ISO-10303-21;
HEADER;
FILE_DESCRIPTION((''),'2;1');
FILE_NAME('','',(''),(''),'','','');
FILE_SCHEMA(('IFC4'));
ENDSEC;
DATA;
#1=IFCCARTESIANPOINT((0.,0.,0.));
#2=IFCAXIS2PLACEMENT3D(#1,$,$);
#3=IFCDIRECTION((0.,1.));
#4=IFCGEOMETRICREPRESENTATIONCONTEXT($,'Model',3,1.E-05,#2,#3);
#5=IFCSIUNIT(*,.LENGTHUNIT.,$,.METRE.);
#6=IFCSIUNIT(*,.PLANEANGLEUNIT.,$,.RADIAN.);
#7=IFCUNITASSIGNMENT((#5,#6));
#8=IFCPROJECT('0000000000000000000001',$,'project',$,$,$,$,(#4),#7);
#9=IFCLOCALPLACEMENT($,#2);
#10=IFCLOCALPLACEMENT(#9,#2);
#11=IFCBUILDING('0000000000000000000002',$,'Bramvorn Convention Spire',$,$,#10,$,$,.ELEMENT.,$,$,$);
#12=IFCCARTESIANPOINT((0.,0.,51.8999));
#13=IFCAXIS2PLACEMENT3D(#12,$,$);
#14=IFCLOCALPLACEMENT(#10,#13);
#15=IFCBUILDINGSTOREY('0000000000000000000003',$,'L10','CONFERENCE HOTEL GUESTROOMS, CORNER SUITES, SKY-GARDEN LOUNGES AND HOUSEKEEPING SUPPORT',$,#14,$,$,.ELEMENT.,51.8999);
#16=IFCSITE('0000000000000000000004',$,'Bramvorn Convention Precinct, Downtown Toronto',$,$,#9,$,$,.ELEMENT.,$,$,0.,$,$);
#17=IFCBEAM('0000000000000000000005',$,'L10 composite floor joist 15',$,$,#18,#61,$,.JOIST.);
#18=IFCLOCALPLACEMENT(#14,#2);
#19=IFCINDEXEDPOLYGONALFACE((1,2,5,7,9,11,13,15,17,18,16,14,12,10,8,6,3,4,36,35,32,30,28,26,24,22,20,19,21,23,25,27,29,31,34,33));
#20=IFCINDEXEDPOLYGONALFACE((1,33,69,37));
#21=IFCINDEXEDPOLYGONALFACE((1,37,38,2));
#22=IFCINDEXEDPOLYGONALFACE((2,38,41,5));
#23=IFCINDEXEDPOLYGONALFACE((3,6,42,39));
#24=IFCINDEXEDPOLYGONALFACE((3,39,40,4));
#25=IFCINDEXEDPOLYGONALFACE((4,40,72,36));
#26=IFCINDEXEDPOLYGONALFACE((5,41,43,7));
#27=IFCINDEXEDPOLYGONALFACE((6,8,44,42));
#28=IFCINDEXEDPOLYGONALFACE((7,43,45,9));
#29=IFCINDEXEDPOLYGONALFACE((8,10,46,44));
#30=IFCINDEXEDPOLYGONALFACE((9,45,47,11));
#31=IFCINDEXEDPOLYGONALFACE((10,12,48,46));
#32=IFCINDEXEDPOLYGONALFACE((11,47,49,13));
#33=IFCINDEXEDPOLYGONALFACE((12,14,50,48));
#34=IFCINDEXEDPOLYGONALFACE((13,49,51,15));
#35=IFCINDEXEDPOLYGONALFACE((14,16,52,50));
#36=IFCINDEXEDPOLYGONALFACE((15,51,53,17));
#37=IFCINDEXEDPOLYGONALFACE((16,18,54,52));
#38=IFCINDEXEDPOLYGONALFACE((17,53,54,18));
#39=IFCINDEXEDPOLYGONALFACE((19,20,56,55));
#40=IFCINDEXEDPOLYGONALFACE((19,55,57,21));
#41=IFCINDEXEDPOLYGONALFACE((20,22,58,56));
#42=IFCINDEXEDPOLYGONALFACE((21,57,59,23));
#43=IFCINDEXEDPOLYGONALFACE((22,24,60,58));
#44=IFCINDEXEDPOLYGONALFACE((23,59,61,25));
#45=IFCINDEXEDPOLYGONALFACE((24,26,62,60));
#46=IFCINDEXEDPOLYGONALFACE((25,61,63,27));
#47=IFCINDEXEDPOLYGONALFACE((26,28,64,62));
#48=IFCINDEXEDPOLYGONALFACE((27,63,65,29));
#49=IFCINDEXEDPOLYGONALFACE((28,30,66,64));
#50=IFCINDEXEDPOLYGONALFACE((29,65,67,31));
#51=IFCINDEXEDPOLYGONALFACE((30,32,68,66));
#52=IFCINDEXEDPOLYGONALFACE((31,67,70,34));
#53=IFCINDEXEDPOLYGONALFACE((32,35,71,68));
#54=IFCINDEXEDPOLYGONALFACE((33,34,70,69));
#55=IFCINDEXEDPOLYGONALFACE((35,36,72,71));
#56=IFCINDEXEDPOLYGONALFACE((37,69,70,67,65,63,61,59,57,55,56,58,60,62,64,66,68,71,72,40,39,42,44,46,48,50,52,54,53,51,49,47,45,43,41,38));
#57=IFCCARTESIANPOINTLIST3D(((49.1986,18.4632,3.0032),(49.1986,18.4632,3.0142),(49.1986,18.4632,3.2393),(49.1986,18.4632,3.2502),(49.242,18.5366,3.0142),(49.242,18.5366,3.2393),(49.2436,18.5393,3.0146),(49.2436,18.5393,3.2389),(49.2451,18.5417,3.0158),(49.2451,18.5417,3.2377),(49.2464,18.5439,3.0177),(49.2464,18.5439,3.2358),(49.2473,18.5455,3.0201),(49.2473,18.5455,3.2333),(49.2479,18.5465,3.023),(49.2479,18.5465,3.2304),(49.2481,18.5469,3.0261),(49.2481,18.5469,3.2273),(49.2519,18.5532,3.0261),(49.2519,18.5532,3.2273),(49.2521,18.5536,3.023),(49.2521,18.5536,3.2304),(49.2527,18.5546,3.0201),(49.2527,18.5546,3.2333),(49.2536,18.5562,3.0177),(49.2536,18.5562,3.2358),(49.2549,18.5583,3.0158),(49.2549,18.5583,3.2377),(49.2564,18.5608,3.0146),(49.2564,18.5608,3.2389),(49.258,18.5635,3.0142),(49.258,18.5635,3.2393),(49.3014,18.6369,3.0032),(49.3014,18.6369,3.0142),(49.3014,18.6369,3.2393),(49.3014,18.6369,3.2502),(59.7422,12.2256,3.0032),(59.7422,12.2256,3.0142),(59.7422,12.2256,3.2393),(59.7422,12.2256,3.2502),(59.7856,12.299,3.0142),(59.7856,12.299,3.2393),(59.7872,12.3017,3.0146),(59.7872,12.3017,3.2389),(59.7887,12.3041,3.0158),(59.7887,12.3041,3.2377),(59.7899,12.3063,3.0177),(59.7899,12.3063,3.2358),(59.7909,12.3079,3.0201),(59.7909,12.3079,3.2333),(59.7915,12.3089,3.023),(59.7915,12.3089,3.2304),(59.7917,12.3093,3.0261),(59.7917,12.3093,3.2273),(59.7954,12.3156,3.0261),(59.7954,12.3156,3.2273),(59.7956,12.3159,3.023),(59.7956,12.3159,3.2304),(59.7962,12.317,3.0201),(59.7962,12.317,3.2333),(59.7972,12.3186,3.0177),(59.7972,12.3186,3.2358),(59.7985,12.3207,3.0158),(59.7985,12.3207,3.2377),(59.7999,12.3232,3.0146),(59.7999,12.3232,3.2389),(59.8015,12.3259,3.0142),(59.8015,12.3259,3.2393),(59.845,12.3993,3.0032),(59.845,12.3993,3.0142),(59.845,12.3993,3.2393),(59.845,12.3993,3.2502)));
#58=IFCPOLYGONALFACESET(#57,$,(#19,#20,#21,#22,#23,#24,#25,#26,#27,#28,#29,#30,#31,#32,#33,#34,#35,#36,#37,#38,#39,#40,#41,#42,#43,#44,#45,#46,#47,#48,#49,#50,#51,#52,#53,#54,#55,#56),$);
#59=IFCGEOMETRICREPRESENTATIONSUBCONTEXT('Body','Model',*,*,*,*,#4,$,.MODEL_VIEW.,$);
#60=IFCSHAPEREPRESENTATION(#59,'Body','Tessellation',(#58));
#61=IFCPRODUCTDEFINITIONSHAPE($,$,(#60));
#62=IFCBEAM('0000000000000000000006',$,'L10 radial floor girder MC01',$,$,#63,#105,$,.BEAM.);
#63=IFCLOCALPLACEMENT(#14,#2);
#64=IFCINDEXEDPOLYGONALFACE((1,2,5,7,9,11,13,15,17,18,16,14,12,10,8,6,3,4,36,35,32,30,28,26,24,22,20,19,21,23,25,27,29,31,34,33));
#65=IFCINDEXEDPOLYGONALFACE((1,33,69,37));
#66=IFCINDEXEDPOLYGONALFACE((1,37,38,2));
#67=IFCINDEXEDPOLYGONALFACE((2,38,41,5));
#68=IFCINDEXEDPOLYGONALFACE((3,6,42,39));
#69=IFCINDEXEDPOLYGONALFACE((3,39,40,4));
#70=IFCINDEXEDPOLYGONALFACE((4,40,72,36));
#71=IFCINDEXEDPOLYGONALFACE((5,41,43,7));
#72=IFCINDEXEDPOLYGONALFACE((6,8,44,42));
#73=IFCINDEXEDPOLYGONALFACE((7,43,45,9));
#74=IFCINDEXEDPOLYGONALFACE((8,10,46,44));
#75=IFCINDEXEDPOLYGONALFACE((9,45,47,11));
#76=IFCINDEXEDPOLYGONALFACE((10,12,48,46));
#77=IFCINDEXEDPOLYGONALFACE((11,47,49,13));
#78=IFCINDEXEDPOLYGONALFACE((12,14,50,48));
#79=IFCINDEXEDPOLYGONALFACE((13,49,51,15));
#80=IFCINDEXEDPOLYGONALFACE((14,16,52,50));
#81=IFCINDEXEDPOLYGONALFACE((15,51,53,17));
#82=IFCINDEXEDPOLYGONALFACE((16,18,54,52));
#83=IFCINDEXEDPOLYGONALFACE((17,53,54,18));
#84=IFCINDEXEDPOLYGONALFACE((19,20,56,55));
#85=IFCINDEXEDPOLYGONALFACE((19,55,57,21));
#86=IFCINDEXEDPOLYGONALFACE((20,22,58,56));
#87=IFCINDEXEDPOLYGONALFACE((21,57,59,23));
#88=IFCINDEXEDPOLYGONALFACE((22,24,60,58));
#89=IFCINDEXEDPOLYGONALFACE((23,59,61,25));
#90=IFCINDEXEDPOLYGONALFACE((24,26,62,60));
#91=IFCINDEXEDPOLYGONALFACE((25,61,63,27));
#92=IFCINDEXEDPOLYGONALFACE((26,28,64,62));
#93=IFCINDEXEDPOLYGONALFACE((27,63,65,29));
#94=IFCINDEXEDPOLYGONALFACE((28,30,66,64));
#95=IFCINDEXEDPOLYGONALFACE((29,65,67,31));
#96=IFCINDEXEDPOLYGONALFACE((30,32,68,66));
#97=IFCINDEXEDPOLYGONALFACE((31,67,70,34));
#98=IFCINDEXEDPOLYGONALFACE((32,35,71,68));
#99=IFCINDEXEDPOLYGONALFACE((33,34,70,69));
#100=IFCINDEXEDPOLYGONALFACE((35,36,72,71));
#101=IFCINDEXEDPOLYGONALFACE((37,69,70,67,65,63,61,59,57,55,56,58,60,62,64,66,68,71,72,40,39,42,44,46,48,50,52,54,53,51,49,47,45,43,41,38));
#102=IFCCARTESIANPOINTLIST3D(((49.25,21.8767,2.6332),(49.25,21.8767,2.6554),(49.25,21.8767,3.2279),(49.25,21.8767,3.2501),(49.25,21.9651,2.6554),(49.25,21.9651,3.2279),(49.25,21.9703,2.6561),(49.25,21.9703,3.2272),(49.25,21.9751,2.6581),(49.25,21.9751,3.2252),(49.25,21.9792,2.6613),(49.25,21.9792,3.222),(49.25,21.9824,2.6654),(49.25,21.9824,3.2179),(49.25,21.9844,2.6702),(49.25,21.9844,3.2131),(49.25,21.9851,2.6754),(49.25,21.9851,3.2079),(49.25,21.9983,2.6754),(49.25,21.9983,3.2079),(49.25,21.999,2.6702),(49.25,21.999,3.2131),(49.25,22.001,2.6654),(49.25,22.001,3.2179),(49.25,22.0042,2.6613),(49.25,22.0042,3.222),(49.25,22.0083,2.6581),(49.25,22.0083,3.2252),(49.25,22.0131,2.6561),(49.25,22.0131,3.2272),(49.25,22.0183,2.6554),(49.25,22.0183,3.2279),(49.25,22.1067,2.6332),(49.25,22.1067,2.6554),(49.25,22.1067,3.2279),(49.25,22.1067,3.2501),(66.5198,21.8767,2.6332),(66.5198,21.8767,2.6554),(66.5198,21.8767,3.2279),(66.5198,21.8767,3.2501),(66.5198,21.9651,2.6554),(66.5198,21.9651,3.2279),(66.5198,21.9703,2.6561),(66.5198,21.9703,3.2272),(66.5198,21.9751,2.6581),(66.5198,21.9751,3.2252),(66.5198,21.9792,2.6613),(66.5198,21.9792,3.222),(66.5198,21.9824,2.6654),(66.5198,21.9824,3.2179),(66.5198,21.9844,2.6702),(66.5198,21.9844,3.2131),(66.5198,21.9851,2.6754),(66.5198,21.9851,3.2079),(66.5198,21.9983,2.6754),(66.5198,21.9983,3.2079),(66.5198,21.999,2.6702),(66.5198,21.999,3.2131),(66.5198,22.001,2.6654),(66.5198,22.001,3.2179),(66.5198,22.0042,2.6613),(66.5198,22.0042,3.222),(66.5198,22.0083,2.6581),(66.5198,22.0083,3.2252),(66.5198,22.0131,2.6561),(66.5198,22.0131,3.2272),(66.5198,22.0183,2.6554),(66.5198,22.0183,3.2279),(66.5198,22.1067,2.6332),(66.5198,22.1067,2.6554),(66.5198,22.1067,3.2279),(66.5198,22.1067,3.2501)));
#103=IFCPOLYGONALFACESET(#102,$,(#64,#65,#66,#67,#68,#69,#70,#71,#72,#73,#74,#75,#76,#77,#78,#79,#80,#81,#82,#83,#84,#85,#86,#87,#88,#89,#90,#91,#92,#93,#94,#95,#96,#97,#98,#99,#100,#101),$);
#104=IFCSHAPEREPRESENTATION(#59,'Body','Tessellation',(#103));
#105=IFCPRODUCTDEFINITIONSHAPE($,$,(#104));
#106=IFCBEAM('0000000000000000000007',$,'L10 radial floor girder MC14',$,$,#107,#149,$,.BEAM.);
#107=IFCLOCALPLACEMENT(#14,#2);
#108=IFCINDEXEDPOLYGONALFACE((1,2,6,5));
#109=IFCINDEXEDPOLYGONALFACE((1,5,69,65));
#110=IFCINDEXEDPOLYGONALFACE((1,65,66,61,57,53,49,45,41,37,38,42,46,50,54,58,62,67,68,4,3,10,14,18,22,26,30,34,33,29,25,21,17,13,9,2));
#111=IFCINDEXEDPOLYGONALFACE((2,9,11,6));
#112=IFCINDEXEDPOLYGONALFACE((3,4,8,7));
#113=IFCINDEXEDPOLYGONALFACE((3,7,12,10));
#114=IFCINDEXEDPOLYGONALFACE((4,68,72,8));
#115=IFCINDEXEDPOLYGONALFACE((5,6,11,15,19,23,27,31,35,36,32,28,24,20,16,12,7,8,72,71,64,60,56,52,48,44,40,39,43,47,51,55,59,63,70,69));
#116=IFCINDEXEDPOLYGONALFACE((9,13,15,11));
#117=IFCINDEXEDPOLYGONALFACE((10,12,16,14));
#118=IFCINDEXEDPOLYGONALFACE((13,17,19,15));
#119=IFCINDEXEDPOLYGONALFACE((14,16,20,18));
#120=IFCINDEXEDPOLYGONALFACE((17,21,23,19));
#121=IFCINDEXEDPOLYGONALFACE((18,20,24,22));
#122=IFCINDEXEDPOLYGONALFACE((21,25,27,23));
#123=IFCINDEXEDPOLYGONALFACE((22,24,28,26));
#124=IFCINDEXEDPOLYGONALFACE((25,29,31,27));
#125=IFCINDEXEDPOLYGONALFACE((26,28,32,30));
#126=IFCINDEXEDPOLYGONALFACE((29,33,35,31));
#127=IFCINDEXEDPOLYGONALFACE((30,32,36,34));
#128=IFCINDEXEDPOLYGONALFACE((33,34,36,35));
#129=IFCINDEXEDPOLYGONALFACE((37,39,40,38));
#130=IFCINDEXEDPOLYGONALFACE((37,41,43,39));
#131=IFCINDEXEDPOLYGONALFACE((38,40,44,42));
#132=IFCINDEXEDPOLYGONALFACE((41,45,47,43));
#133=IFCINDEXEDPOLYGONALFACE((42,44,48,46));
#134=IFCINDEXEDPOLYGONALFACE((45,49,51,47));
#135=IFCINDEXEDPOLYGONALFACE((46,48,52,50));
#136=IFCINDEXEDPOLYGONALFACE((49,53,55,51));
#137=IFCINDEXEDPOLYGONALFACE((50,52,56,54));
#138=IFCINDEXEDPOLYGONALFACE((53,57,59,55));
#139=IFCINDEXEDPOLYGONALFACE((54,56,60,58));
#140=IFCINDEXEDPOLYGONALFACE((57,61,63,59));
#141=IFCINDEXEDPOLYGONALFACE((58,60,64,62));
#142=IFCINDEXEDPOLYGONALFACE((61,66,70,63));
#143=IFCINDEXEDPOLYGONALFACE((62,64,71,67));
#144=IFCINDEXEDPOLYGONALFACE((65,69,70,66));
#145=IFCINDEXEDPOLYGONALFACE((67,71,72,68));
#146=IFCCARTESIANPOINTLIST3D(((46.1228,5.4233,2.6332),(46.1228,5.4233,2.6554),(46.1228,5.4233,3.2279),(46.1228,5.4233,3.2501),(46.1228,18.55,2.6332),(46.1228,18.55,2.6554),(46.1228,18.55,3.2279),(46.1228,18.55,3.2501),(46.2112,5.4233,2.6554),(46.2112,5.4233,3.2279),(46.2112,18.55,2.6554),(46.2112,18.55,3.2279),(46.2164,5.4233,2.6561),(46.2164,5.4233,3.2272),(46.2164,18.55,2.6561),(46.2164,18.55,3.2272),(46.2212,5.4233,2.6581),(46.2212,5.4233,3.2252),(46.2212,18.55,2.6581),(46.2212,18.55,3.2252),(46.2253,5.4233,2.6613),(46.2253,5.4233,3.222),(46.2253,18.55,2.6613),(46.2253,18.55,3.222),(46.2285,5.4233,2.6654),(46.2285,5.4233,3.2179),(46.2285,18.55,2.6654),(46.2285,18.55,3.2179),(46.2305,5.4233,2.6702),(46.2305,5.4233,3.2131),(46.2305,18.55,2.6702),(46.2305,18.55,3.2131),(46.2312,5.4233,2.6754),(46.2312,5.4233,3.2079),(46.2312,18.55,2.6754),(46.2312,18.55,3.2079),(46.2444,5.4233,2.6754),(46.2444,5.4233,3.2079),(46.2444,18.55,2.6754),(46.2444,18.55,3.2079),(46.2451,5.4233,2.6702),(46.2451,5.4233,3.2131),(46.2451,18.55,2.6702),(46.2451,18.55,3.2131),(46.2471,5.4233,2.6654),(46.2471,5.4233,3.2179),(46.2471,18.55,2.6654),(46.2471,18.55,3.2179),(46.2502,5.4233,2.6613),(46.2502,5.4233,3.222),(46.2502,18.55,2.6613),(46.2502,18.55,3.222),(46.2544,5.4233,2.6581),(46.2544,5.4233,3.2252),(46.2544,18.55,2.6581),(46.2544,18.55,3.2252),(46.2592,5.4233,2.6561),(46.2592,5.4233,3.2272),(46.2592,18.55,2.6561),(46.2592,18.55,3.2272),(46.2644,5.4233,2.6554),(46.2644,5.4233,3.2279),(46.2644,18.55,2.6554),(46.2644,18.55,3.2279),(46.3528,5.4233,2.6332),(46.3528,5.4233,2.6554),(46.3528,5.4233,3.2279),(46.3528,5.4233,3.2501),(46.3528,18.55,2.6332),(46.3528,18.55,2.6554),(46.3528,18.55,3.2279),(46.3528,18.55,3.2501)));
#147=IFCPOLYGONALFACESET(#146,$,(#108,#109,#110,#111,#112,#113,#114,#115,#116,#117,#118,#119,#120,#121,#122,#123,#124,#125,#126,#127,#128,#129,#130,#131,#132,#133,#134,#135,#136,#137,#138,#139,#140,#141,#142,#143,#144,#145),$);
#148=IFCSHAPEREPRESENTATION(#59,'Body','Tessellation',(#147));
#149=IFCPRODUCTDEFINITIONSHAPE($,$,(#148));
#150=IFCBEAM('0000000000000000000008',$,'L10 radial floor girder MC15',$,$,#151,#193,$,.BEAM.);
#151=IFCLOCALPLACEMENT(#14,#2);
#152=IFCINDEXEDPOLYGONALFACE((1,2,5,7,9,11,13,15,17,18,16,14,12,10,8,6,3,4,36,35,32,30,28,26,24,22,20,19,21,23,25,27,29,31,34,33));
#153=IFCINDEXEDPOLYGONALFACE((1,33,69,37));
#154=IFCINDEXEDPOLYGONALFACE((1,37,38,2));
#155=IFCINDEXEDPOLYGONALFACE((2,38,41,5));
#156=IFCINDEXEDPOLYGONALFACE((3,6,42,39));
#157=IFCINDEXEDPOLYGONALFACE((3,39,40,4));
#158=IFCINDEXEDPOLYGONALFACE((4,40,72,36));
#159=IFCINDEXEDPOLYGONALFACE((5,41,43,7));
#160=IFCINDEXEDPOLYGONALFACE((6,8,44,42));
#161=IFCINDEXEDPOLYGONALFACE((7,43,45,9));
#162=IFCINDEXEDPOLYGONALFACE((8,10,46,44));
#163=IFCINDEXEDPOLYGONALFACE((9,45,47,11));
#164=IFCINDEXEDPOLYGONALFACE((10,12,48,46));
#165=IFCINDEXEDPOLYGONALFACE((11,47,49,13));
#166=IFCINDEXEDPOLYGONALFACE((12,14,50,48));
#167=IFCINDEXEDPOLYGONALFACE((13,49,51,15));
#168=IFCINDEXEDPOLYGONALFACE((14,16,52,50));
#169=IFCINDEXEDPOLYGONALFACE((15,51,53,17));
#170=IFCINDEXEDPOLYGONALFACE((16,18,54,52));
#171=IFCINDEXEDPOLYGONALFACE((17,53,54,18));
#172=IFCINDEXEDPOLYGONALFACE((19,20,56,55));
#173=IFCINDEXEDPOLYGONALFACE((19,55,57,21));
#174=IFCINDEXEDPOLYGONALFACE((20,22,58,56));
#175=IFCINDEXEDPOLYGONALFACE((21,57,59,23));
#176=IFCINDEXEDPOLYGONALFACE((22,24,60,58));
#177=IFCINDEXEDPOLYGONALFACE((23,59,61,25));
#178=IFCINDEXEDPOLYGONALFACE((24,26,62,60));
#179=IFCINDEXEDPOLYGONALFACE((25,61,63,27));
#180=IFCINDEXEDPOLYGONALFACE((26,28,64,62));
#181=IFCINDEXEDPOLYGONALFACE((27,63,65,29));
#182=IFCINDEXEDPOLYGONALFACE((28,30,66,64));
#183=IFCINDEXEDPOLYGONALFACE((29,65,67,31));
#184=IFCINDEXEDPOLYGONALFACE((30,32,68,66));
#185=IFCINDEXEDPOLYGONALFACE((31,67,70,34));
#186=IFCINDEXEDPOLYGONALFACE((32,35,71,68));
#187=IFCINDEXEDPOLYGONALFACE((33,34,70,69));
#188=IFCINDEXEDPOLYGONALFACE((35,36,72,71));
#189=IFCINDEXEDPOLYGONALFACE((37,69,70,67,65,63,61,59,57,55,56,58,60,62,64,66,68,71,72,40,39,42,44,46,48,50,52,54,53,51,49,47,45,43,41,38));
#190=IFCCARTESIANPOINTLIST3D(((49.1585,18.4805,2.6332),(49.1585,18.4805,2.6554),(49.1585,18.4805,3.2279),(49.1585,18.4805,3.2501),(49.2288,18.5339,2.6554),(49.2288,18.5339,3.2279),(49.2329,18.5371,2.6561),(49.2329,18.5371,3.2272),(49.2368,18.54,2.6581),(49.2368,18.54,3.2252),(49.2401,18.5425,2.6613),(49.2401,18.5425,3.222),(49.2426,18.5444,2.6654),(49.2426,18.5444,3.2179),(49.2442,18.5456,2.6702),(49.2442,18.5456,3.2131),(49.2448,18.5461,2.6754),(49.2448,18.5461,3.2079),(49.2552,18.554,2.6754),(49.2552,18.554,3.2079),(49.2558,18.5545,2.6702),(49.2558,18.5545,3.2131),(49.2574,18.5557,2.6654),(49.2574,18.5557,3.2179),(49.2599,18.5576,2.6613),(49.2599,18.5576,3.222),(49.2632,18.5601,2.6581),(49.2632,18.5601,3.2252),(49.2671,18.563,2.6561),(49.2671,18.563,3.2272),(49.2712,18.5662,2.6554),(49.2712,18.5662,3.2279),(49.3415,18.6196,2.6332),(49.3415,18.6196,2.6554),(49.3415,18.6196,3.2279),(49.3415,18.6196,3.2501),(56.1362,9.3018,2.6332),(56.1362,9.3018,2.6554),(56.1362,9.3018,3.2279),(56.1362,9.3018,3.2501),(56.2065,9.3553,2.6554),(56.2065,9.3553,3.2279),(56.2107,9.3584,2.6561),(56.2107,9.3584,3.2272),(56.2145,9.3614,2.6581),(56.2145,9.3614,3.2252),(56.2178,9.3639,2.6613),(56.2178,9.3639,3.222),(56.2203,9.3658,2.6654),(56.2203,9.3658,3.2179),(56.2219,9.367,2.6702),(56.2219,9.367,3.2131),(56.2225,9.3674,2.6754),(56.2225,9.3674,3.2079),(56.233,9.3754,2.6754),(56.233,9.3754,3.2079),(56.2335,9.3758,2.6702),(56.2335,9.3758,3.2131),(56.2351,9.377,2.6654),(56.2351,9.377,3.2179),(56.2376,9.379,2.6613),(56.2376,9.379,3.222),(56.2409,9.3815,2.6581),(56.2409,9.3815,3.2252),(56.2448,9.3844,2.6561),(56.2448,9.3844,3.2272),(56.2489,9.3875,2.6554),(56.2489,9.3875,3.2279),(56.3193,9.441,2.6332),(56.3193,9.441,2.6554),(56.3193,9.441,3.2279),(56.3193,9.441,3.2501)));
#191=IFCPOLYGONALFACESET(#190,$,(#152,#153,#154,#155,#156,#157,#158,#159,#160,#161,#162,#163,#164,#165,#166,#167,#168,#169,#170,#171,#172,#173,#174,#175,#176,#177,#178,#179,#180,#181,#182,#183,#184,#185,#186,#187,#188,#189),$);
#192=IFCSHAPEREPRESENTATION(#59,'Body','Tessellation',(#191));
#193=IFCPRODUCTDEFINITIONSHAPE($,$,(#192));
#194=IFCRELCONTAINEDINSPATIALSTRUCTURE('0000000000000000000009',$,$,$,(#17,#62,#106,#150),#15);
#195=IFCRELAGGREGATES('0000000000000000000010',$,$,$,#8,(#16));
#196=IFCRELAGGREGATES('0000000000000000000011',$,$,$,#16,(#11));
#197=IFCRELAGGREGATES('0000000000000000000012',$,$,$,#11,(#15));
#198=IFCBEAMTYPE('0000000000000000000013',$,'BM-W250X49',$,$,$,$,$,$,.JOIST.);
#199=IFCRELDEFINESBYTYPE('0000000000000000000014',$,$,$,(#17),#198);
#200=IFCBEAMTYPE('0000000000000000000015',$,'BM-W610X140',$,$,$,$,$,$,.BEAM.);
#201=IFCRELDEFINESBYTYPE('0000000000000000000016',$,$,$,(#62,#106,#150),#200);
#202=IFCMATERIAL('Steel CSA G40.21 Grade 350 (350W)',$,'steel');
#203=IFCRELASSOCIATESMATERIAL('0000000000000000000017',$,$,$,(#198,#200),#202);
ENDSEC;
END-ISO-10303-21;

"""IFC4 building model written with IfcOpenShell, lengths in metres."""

from ifc_helpers import new_model, si_unit, direction, frame, origin, origin_2d, place, context, subcontext, project, spatial, i_section, extrude, material, material_profile, profile_set, type_object, element, save


model = new_model("IFC4")

# Units and contexts
model_context = context("Model", 3, precision=1e-05, world=origin(), true_north=direction((0.0, 1.0)))
body_context = subcontext(model_context, "Body", "Model", "MODEL_VIEW")
ifc_project = project(units=[si_unit("LENGTHUNIT", "METRE"), si_unit("PLANEANGLEUNIT", "RADIAN")], contexts=[model_context])

# Site, building, storey
site_placement = place(None, origin())
site = spatial("IfcSite", under=ifc_project, at=site_placement, Name="Bramvorn Convention Precinct, Downtown Toronto", CompositionType="ELEMENT", RefElevation=0.0)
building_placement = place(site_placement, origin())
building = spatial("IfcBuilding", under=site, at=building_placement, Name="Bramvorn Convention Spire", CompositionType="ELEMENT")
storey_placement = place(building_placement, frame((0.0, 0.0, 51.8999)))
storey = spatial("IfcBuildingStorey", under=building, at=storey_placement, Name="L10", Description="CONFERENCE HOTEL GUESTROOMS, CORNER SUITES, SKY-GARDEN LOUNGES AND HOUSEKEEPING SUPPORT", CompositionType="ELEMENT", Elevation=51.8999)

# Beams
ifc_material_1 = material(Name="Steel CSA G40.21 Grade 350 (350W)", Category="steel")
ifc_material_profile_1 = material_profile(ifc_material_1, i_section(OverallWidth=0.2019, OverallDepth=0.2471, WebThickness=0.0073, FlangeThickness=0.011, FilletRadius=0.012, at=origin_2d()))
ifc_profile_set_1 = profile_set([ifc_material_profile_1], Name="Steel CSA G40.21 Grade 350 (350W) - W250X49")
beam_type_1 = type_object("IfcBeamType", Name="BM-W250X49", PredefinedType="JOIST", material=ifc_profile_set_1)
beam_1_placement = place(storey_placement, frame((49.25, 18.55, 3.1267), z_axis=(0.860665, -0.509172, 0.0), x_axis=(0.509172, 0.860665, 0.0)))
element("IfcBeam", 1, at=beam_1_placement, inside=storey, type_object=beam_type_1, Name="L10 composite floor joist 15", PredefinedType="JOIST", context=body_context, shape_type="SweptSolid", body=[
    extrude(i_section(OverallWidth=0.2019, OverallDepth=0.2471, WebThickness=0.0073, FlangeThickness=0.011, FilletRadius=0.012, at=origin_2d()), origin(), (0.0, 0.0, 1.0), 12.2505),
])
ifc_material_profile_2 = material_profile(ifc_material_1, i_section(OverallWidth=0.23, OverallDepth=0.6169, WebThickness=0.0132, FlangeThickness=0.0222, FilletRadius=0.02, at=origin_2d()))
ifc_profile_set_2 = profile_set([ifc_material_profile_2], Name="Steel CSA G40.21 Grade 350 (350W) - W610X140")
beam_type_2 = type_object("IfcBeamType", Name="BM-W610X140", PredefinedType="BEAM", material=ifc_profile_set_2)
beam_2_placement = place(storey_placement, frame((49.25, 21.9917, 2.9417), z_axis=(1.0, 0.0, 0.0), x_axis=(0.0, 1.0, 0.0)))
element("IfcBeam", 2, at=beam_2_placement, inside=storey, type_object=beam_type_2, Name="L10 radial floor girder MC01", PredefinedType="BEAM", context=body_context, shape_type="SweptSolid", body=[
    extrude(i_section(OverallWidth=0.23, OverallDepth=0.6169, WebThickness=0.0132, FlangeThickness=0.0222, FilletRadius=0.02, at=origin_2d()), origin(), (0.0, 0.0, 1.0), 17.2698),
])
beam_3_placement = place(storey_placement, frame((46.2378, 18.55, 2.9417), z_axis=(0.0, -1.0, 0.0), x_axis=(1.0, 0.0, 0.0)))
element("IfcBeam", 3, at=beam_3_placement, inside=storey, type_object=beam_type_2, Name="L10 radial floor girder MC14", PredefinedType="BEAM", context=body_context, shape_type="SweptSolid", body=[
    extrude(i_section(OverallWidth=0.23, OverallDepth=0.6169, WebThickness=0.0132, FlangeThickness=0.0222, FilletRadius=0.02, at=origin_2d()), origin(), (0.0, 0.0, 1.0), 13.1267),
])
beam_4_placement = place(storey_placement, frame((49.25, 18.55, 2.9417), z_axis=(0.605191, -0.79608, 0.0), x_axis=(0.79608, 0.605191, 0.0)))
element("IfcBeam", 4, at=beam_4_placement, inside=storey, type_object=beam_type_2, Name="L10 radial floor girder MC15", PredefinedType="BEAM", context=body_context, shape_type="SweptSolid", body=[
    extrude(i_section(OverallWidth=0.23, OverallDepth=0.6169, WebThickness=0.0132, FlangeThickness=0.0222, FilletRadius=0.02, at=origin_2d()), origin(), (0.0, 0.0, 1.0), 11.5298),
])

save(model, "model.ifc")
